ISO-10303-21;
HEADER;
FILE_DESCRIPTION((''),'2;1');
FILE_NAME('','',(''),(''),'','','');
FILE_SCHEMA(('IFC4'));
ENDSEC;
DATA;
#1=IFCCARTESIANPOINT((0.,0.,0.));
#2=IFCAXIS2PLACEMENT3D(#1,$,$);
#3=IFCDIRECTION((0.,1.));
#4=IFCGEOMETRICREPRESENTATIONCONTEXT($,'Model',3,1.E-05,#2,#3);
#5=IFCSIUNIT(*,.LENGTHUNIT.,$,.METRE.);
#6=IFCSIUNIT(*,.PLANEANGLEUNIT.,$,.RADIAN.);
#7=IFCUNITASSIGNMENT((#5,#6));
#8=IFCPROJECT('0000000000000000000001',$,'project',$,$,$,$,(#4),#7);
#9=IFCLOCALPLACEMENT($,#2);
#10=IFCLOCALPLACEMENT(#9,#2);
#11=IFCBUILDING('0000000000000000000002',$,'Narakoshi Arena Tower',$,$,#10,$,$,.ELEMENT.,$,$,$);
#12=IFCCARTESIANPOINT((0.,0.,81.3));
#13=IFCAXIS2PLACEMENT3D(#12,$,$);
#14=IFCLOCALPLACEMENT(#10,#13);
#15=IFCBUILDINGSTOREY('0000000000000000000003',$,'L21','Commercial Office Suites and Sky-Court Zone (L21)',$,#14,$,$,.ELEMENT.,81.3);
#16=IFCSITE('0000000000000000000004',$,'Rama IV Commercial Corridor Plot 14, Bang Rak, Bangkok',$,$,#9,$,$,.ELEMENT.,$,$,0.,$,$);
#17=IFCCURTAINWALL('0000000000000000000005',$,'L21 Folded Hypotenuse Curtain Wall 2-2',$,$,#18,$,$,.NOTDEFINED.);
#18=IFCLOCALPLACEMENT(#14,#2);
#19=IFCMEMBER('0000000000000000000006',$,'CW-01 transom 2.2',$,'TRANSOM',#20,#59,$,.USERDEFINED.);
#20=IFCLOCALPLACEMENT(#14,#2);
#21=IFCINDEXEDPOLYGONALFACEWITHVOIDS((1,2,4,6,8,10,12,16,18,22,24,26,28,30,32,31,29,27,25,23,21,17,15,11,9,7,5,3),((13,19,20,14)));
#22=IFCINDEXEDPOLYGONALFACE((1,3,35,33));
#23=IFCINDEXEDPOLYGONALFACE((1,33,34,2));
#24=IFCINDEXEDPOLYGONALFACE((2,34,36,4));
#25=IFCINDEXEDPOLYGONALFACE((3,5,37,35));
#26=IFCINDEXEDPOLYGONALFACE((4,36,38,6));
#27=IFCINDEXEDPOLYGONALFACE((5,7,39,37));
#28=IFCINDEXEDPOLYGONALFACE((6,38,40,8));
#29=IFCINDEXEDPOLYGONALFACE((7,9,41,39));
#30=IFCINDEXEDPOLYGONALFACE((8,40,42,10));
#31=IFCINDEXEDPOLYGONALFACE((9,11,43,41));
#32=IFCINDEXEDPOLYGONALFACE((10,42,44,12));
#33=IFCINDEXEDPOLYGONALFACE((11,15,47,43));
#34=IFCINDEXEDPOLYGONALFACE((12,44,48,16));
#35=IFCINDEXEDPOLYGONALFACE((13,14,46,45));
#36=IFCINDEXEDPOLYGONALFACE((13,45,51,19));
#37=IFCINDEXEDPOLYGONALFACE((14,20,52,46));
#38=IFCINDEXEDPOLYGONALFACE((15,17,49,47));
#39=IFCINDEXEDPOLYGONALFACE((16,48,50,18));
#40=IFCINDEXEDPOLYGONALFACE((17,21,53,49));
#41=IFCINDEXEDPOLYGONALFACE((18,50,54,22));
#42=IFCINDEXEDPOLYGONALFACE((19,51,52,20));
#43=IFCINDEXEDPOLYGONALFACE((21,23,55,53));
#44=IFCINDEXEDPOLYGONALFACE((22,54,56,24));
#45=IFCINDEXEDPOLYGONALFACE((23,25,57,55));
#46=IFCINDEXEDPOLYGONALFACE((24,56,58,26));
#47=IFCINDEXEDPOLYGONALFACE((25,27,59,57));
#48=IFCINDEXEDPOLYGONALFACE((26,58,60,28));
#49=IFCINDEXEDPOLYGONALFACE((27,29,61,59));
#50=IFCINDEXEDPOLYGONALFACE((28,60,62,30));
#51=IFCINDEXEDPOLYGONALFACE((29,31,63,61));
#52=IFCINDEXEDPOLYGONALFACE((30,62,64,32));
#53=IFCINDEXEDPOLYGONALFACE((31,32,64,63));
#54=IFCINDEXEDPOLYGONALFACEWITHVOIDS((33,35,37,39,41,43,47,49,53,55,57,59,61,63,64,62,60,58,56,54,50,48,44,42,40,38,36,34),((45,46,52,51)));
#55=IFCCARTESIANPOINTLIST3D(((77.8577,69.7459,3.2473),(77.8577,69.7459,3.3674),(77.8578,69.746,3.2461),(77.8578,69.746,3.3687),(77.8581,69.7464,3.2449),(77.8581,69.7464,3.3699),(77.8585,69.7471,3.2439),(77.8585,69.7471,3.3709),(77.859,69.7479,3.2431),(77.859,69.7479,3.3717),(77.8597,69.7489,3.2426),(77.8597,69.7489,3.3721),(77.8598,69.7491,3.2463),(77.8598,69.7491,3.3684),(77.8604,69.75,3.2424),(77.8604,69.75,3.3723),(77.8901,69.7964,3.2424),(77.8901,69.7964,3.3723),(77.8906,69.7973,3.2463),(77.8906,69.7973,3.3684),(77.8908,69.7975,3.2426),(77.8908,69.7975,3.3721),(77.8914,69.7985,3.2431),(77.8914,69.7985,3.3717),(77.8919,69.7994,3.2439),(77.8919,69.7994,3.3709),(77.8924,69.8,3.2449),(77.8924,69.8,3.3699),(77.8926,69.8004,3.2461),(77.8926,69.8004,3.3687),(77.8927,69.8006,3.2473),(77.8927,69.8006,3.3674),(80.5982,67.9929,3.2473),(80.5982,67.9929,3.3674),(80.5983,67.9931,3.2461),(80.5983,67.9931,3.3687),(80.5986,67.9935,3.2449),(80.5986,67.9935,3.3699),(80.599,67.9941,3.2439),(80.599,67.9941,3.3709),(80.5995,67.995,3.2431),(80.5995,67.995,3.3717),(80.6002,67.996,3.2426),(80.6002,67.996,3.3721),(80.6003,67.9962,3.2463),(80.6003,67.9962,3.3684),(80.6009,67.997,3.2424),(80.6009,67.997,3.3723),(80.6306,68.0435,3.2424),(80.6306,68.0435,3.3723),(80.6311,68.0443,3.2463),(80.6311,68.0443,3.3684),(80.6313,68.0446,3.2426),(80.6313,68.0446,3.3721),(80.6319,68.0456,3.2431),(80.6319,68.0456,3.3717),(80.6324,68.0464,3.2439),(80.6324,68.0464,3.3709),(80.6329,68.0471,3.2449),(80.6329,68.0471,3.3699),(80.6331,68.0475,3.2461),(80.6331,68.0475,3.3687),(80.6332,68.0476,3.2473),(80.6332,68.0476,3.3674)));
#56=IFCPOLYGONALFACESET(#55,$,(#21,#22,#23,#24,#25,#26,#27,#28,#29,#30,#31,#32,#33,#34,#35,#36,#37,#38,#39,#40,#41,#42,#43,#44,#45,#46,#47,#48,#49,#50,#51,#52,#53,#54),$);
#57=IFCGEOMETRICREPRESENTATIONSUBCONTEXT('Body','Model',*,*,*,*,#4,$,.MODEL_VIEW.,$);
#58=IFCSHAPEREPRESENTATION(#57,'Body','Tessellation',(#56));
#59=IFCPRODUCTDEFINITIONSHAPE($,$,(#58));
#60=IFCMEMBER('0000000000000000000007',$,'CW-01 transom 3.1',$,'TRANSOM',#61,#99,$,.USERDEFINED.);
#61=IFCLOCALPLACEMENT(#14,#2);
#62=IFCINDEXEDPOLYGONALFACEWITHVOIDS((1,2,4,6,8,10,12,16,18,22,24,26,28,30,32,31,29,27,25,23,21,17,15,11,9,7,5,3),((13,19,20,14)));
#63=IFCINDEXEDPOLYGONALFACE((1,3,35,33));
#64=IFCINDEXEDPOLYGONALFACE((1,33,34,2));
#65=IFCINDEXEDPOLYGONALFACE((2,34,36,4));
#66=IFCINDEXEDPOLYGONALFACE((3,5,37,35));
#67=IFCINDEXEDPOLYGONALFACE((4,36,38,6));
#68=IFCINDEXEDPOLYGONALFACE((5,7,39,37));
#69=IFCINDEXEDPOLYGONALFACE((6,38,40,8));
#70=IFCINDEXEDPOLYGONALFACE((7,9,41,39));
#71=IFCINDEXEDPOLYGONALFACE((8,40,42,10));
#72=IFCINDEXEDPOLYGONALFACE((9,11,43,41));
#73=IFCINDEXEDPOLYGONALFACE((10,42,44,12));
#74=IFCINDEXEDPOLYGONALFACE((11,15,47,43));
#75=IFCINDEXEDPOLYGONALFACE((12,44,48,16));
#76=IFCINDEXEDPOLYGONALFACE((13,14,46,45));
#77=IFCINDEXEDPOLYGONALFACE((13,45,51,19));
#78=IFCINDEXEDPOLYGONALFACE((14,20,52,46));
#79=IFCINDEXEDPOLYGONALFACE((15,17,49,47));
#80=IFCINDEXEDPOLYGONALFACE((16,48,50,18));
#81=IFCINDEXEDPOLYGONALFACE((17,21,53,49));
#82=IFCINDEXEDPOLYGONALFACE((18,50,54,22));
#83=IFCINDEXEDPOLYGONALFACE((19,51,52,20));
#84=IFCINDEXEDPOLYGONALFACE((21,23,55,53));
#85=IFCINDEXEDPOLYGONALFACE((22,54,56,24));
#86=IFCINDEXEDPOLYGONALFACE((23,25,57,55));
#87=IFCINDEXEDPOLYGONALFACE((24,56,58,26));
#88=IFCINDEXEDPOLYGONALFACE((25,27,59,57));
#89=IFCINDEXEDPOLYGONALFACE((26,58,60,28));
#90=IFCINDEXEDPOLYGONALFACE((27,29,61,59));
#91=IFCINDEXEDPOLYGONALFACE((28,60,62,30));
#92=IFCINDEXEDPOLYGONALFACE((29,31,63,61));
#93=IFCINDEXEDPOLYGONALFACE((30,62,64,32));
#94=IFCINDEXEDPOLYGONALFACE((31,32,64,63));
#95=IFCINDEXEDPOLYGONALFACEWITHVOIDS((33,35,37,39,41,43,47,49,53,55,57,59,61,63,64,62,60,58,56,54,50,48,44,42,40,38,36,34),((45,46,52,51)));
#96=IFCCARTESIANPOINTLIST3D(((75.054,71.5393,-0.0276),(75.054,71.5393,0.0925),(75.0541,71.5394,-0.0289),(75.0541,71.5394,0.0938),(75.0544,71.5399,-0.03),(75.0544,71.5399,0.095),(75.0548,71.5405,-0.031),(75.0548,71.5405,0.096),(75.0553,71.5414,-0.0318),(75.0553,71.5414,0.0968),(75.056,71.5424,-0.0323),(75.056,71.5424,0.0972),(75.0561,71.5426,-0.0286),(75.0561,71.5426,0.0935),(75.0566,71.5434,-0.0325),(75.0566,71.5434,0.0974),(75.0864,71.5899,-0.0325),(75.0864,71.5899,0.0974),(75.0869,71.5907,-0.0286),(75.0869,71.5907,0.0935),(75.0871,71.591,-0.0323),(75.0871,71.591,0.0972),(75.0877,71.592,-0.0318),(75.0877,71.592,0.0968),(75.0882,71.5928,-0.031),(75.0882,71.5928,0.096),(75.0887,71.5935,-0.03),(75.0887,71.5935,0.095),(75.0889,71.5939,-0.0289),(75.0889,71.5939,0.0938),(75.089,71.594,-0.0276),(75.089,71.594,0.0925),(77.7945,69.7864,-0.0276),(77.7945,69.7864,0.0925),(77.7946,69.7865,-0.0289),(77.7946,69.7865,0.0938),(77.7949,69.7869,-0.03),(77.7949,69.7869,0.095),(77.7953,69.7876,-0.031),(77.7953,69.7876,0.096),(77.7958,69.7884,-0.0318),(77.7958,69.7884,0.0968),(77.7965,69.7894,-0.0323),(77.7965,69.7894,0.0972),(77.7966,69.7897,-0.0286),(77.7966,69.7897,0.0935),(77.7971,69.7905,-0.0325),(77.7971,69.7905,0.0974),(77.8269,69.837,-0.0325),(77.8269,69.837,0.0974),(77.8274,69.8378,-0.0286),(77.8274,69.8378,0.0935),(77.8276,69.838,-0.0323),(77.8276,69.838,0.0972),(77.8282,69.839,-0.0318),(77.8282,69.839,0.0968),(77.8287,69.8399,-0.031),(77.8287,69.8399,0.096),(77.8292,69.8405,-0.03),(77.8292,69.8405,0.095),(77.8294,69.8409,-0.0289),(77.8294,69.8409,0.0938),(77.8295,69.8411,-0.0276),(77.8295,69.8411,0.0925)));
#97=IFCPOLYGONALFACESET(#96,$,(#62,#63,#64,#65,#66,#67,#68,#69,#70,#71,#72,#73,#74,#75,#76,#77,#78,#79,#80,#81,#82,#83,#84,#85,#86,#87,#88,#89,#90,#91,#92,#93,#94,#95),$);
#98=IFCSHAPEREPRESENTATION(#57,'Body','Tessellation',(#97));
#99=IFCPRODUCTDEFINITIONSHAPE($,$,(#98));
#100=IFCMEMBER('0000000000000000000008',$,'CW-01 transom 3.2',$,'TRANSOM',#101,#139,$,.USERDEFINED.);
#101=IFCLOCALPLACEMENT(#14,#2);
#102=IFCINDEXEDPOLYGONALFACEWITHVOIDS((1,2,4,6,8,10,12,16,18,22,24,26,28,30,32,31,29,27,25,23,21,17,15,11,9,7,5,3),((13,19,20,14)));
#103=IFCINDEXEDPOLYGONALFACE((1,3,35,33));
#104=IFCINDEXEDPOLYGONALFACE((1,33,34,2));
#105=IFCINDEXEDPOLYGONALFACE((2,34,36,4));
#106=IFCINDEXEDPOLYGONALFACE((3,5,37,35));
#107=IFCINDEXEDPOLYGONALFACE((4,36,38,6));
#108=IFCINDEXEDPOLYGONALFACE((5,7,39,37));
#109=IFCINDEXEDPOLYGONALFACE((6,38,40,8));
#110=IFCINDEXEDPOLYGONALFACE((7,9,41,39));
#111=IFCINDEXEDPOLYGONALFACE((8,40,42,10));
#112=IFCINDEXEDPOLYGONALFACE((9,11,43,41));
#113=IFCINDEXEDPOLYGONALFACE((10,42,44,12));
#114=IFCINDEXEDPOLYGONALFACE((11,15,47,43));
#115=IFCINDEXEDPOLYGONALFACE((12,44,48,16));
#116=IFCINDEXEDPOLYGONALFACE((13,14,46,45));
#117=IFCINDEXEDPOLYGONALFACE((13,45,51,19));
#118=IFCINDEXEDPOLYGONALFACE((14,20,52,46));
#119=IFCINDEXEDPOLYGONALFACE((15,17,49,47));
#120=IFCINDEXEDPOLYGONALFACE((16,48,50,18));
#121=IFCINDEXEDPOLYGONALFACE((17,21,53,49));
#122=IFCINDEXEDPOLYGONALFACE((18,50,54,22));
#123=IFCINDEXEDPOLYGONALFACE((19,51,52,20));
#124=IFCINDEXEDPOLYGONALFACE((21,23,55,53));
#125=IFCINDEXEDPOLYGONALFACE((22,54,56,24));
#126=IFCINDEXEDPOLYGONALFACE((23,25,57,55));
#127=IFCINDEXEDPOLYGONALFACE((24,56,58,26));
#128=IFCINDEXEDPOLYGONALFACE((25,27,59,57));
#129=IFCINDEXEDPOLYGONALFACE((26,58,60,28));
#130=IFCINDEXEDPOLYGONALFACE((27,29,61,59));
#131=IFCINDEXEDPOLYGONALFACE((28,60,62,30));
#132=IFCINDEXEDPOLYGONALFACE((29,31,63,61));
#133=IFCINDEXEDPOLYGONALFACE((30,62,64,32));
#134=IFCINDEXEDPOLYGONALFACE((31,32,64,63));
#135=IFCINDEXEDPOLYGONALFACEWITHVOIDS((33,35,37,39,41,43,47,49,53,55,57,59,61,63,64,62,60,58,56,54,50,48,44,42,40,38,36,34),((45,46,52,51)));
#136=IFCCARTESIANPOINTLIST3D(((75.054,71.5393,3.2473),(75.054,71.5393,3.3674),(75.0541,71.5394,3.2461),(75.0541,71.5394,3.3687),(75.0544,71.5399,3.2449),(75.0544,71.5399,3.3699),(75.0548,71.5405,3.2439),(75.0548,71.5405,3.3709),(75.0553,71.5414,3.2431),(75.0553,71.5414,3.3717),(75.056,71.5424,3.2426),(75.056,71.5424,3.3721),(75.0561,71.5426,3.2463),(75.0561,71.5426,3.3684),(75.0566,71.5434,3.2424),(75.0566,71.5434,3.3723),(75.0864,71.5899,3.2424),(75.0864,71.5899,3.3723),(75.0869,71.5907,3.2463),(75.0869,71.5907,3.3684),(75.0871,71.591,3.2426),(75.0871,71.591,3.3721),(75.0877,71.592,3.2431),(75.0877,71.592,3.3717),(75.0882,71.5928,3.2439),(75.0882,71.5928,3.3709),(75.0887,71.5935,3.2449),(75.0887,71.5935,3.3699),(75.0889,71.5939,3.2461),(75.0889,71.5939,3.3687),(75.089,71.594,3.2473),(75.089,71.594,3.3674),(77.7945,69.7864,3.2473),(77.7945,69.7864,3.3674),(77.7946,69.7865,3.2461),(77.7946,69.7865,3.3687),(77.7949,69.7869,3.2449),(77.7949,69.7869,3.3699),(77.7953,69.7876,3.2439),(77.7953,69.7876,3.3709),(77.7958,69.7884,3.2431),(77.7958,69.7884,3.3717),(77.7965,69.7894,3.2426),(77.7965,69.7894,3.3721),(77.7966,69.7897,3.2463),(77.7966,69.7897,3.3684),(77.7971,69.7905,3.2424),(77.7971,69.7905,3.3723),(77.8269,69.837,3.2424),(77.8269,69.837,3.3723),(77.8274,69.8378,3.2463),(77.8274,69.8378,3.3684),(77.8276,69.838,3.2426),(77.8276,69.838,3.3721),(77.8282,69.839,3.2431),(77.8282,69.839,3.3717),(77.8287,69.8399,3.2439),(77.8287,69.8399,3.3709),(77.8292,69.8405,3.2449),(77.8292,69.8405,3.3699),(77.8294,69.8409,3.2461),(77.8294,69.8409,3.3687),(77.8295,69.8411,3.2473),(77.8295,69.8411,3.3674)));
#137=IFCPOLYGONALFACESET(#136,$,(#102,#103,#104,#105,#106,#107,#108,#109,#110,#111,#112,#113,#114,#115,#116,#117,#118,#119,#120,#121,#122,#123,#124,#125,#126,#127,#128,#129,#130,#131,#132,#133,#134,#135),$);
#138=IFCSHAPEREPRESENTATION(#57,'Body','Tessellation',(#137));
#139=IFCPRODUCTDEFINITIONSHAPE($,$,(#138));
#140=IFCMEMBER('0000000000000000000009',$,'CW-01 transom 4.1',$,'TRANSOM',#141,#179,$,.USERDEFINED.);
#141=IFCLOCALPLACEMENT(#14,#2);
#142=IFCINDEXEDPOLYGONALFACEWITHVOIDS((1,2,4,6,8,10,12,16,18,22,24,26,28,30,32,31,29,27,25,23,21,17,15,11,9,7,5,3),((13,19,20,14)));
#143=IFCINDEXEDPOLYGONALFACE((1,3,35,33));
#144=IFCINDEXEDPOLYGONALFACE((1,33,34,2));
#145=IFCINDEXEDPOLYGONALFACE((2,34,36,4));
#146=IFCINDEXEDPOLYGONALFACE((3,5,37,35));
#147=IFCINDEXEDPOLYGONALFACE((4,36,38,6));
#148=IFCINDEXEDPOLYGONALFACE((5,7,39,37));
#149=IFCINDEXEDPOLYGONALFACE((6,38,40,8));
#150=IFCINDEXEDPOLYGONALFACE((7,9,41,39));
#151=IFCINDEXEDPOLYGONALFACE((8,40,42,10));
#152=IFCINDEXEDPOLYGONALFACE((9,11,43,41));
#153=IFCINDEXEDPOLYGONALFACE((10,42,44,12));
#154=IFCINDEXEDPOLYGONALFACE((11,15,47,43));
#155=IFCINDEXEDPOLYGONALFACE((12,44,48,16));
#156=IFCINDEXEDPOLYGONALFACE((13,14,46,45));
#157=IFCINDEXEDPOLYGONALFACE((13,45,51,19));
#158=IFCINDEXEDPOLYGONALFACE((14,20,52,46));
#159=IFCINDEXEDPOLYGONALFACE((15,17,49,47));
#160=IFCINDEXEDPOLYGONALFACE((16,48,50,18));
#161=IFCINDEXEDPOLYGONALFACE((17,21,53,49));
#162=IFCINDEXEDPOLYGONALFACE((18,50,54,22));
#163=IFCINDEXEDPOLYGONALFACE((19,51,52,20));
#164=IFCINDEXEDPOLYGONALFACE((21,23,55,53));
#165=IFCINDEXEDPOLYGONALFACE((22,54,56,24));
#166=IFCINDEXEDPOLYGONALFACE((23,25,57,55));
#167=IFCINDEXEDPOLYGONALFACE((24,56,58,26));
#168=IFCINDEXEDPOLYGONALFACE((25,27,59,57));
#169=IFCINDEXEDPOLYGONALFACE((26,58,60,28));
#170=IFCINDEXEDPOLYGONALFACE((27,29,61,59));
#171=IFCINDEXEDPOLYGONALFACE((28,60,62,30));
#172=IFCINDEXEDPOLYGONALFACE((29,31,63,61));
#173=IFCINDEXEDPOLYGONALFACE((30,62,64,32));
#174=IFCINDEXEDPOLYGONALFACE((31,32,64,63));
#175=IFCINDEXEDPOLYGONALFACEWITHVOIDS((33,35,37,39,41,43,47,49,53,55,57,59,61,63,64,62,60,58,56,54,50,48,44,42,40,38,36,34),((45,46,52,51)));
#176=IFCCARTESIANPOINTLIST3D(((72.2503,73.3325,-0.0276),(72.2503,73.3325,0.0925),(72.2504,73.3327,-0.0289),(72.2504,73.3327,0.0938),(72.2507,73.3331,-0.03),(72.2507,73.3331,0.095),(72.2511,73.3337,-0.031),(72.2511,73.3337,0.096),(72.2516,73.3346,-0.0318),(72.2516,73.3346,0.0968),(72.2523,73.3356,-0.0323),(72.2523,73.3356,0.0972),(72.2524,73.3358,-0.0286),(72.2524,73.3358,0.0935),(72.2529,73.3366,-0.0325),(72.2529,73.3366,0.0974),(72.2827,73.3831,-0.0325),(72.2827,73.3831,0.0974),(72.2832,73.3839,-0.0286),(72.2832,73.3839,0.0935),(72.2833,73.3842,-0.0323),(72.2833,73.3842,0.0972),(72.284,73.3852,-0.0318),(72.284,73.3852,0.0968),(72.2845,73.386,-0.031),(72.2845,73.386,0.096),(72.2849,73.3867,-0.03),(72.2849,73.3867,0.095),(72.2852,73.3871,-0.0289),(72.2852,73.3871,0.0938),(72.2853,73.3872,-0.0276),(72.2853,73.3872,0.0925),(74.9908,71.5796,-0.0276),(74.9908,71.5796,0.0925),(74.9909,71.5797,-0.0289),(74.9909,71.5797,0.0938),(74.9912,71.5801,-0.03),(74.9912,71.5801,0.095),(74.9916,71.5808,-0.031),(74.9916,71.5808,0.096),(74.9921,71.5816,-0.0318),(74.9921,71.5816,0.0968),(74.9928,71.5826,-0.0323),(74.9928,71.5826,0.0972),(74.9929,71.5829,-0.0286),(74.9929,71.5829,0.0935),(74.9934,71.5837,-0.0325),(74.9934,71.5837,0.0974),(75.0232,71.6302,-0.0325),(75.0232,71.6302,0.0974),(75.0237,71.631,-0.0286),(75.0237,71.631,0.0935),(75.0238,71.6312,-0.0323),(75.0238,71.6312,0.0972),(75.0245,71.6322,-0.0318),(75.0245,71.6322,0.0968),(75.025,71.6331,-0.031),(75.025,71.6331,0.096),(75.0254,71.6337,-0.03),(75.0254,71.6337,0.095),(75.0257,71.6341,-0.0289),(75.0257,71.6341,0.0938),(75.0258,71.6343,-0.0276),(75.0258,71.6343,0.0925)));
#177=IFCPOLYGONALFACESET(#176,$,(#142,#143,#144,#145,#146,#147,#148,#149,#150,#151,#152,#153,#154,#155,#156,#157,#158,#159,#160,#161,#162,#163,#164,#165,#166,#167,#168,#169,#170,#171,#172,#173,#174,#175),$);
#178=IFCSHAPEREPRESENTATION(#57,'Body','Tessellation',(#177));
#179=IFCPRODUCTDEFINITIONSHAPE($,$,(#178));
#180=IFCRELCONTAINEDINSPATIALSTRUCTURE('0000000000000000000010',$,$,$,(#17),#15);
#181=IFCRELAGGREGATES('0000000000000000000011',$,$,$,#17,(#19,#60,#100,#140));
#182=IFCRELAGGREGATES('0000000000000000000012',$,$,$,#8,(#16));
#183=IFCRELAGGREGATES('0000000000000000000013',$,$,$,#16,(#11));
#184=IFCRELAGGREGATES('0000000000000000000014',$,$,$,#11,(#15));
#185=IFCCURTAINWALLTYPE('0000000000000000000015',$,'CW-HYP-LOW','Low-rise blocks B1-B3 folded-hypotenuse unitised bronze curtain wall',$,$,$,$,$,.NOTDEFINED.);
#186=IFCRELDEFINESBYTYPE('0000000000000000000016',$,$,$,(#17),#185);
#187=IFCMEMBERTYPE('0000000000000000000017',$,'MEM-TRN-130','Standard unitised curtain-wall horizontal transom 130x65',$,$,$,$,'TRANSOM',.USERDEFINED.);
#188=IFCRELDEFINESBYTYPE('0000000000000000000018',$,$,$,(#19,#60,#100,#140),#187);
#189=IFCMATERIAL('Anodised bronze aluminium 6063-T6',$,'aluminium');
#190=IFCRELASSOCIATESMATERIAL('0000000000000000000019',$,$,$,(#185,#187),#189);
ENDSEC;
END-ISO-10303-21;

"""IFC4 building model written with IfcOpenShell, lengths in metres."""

from ifc_helpers import new_model, si_unit, direction, frame, origin, origin_2d, place, context, subcontext, project, spatial, hollow_rectangle, extrude, material, material_profile, profile_set, type_object, element, aggregate, save


model = new_model("IFC4")

# Units and contexts
model_context = context("Model", 3, precision=1e-05, world=origin(), true_north=direction((0.0, 1.0)))
body_context = subcontext(model_context, "Body", "Model", "MODEL_VIEW")
ifc_project = project(units=[si_unit("LENGTHUNIT", "METRE"), si_unit("PLANEANGLEUNIT", "RADIAN")], contexts=[model_context])

# Site, building, storey
site_placement = place(None, origin())
site = spatial("IfcSite", under=ifc_project, at=site_placement, Name="Rama IV Commercial Corridor Plot 14, Bang Rak, Bangkok", CompositionType="ELEMENT", RefElevation=0.0)
building_placement = place(site_placement, origin())
building = spatial("IfcBuilding", under=site, at=building_placement, Name="Narakoshi Arena Tower", CompositionType="ELEMENT")
storey_placement = place(building_placement, frame((0.0, 0.0, 81.3)))
storey = spatial("IfcBuildingStorey", under=building, at=storey_placement, Name="L21", Description="Commercial Office Suites and Sky-Court Zone (L21)", CompositionType="ELEMENT", Elevation=81.3)

# Curtain wall, members
ifc_material_1 = material(Name="Anodised bronze aluminium 6063-T6", Category="aluminium")
curtain_wall_type = type_object("IfcCurtainWallType", Name="CW-HYP-LOW", Description="Low-rise blocks B1-B3 folded-hypotenuse unitised bronze curtain wall", PredefinedType="NOTDEFINED", material=ifc_material_1)
curtain_wall_placement = place(storey_placement, origin())
curtain_wall = element("IfcCurtainWall", 1, at=curtain_wall_placement, inside=storey, type_object=curtain_wall_type, Name="L21 Folded Hypotenuse Curtain Wall 2-2", PredefinedType="NOTDEFINED")
ifc_material_profile_1 = material_profile(ifc_material_1, hollow_rectangle(XDim=0.0649, YDim=0.1299, WallThickness=0.0039, OuterFilletRadius=0.0049, at=origin_2d()), Name="TRN130x65x4")
ifc_profile_set_1 = profile_set([ifc_material_profile_1], Name="Anodised bronze aluminium 6063-T6")
member_type_1 = type_object("IfcMemberType", Name="MEM-TRN-130", Description="Standard unitised curtain-wall horizontal transom 130x65", ElementType="TRANSOM", PredefinedType="USERDEFINED", material=ifc_profile_set_1)
member_1_placement = place(storey_placement, frame((80.6157, 68.0203, 3.3074), z_axis=(-0.842408, 0.538841, 0.0), x_axis=(-0.538841, -0.842408, 0.0)))
member_1 = element("IfcMember", 2, at=member_1_placement, type_object=member_type_1, Name="CW-01 transom 2.2", ObjectType="TRANSOM", PredefinedType="USERDEFINED", context=body_context, shape_type="SweptSolid", body=[
    extrude(hollow_rectangle(XDim=0.0649, YDim=0.1299, WallThickness=0.0039, OuterFilletRadius=0.0049, at=origin_2d()), origin(), (0.0, 0.0, 1.0), 3.2532),
])
member_2_placement = place(storey_placement, frame((77.812, 69.8137, 0.0325), z_axis=(-0.842408, 0.538841, 0.0), x_axis=(-0.538841, -0.842408, 0.0)))
member_2 = element("IfcMember", 3, at=member_2_placement, type_object=member_type_1, Name="CW-01 transom 3.1", ObjectType="TRANSOM", PredefinedType="USERDEFINED", context=body_context, shape_type="SweptSolid", body=[
    extrude(hollow_rectangle(XDim=0.0649, YDim=0.1299, WallThickness=0.0039, OuterFilletRadius=0.0049, at=origin_2d()), origin(), (0.0, 0.0, 1.0), 3.2532),
])
member_3_placement = place(storey_placement, frame((77.812, 69.8137, 3.3074), z_axis=(-0.842408, 0.538841, 0.0), x_axis=(-0.538841, -0.842408, 0.0)))
member_3 = element("IfcMember", 4, at=member_3_placement, type_object=member_type_1, Name="CW-01 transom 3.2", ObjectType="TRANSOM", PredefinedType="USERDEFINED", context=body_context, shape_type="SweptSolid", body=[
    extrude(hollow_rectangle(XDim=0.0649, YDim=0.1299, WallThickness=0.0039, OuterFilletRadius=0.0049, at=origin_2d()), origin(), (0.0, 0.0, 1.0), 3.2532),
])
member_4_placement = place(storey_placement, frame((75.0083, 71.6069, 0.0325), z_axis=(-0.842408, 0.538841, 0.0), x_axis=(-0.538841, -0.842408, 0.0)))
member_4 = element("IfcMember", 5, at=member_4_placement, type_object=member_type_1, Name="CW-01 transom 4.1", ObjectType="TRANSOM", PredefinedType="USERDEFINED", context=body_context, shape_type="SweptSolid", body=[
    extrude(hollow_rectangle(XDim=0.0649, YDim=0.1299, WallThickness=0.0039, OuterFilletRadius=0.0049, at=origin_2d()), origin(), (0.0, 0.0, 1.0), 3.2532),
])
aggregate(curtain_wall, [member_1, member_2, member_3, member_4])

save(model, "model.ifc")
